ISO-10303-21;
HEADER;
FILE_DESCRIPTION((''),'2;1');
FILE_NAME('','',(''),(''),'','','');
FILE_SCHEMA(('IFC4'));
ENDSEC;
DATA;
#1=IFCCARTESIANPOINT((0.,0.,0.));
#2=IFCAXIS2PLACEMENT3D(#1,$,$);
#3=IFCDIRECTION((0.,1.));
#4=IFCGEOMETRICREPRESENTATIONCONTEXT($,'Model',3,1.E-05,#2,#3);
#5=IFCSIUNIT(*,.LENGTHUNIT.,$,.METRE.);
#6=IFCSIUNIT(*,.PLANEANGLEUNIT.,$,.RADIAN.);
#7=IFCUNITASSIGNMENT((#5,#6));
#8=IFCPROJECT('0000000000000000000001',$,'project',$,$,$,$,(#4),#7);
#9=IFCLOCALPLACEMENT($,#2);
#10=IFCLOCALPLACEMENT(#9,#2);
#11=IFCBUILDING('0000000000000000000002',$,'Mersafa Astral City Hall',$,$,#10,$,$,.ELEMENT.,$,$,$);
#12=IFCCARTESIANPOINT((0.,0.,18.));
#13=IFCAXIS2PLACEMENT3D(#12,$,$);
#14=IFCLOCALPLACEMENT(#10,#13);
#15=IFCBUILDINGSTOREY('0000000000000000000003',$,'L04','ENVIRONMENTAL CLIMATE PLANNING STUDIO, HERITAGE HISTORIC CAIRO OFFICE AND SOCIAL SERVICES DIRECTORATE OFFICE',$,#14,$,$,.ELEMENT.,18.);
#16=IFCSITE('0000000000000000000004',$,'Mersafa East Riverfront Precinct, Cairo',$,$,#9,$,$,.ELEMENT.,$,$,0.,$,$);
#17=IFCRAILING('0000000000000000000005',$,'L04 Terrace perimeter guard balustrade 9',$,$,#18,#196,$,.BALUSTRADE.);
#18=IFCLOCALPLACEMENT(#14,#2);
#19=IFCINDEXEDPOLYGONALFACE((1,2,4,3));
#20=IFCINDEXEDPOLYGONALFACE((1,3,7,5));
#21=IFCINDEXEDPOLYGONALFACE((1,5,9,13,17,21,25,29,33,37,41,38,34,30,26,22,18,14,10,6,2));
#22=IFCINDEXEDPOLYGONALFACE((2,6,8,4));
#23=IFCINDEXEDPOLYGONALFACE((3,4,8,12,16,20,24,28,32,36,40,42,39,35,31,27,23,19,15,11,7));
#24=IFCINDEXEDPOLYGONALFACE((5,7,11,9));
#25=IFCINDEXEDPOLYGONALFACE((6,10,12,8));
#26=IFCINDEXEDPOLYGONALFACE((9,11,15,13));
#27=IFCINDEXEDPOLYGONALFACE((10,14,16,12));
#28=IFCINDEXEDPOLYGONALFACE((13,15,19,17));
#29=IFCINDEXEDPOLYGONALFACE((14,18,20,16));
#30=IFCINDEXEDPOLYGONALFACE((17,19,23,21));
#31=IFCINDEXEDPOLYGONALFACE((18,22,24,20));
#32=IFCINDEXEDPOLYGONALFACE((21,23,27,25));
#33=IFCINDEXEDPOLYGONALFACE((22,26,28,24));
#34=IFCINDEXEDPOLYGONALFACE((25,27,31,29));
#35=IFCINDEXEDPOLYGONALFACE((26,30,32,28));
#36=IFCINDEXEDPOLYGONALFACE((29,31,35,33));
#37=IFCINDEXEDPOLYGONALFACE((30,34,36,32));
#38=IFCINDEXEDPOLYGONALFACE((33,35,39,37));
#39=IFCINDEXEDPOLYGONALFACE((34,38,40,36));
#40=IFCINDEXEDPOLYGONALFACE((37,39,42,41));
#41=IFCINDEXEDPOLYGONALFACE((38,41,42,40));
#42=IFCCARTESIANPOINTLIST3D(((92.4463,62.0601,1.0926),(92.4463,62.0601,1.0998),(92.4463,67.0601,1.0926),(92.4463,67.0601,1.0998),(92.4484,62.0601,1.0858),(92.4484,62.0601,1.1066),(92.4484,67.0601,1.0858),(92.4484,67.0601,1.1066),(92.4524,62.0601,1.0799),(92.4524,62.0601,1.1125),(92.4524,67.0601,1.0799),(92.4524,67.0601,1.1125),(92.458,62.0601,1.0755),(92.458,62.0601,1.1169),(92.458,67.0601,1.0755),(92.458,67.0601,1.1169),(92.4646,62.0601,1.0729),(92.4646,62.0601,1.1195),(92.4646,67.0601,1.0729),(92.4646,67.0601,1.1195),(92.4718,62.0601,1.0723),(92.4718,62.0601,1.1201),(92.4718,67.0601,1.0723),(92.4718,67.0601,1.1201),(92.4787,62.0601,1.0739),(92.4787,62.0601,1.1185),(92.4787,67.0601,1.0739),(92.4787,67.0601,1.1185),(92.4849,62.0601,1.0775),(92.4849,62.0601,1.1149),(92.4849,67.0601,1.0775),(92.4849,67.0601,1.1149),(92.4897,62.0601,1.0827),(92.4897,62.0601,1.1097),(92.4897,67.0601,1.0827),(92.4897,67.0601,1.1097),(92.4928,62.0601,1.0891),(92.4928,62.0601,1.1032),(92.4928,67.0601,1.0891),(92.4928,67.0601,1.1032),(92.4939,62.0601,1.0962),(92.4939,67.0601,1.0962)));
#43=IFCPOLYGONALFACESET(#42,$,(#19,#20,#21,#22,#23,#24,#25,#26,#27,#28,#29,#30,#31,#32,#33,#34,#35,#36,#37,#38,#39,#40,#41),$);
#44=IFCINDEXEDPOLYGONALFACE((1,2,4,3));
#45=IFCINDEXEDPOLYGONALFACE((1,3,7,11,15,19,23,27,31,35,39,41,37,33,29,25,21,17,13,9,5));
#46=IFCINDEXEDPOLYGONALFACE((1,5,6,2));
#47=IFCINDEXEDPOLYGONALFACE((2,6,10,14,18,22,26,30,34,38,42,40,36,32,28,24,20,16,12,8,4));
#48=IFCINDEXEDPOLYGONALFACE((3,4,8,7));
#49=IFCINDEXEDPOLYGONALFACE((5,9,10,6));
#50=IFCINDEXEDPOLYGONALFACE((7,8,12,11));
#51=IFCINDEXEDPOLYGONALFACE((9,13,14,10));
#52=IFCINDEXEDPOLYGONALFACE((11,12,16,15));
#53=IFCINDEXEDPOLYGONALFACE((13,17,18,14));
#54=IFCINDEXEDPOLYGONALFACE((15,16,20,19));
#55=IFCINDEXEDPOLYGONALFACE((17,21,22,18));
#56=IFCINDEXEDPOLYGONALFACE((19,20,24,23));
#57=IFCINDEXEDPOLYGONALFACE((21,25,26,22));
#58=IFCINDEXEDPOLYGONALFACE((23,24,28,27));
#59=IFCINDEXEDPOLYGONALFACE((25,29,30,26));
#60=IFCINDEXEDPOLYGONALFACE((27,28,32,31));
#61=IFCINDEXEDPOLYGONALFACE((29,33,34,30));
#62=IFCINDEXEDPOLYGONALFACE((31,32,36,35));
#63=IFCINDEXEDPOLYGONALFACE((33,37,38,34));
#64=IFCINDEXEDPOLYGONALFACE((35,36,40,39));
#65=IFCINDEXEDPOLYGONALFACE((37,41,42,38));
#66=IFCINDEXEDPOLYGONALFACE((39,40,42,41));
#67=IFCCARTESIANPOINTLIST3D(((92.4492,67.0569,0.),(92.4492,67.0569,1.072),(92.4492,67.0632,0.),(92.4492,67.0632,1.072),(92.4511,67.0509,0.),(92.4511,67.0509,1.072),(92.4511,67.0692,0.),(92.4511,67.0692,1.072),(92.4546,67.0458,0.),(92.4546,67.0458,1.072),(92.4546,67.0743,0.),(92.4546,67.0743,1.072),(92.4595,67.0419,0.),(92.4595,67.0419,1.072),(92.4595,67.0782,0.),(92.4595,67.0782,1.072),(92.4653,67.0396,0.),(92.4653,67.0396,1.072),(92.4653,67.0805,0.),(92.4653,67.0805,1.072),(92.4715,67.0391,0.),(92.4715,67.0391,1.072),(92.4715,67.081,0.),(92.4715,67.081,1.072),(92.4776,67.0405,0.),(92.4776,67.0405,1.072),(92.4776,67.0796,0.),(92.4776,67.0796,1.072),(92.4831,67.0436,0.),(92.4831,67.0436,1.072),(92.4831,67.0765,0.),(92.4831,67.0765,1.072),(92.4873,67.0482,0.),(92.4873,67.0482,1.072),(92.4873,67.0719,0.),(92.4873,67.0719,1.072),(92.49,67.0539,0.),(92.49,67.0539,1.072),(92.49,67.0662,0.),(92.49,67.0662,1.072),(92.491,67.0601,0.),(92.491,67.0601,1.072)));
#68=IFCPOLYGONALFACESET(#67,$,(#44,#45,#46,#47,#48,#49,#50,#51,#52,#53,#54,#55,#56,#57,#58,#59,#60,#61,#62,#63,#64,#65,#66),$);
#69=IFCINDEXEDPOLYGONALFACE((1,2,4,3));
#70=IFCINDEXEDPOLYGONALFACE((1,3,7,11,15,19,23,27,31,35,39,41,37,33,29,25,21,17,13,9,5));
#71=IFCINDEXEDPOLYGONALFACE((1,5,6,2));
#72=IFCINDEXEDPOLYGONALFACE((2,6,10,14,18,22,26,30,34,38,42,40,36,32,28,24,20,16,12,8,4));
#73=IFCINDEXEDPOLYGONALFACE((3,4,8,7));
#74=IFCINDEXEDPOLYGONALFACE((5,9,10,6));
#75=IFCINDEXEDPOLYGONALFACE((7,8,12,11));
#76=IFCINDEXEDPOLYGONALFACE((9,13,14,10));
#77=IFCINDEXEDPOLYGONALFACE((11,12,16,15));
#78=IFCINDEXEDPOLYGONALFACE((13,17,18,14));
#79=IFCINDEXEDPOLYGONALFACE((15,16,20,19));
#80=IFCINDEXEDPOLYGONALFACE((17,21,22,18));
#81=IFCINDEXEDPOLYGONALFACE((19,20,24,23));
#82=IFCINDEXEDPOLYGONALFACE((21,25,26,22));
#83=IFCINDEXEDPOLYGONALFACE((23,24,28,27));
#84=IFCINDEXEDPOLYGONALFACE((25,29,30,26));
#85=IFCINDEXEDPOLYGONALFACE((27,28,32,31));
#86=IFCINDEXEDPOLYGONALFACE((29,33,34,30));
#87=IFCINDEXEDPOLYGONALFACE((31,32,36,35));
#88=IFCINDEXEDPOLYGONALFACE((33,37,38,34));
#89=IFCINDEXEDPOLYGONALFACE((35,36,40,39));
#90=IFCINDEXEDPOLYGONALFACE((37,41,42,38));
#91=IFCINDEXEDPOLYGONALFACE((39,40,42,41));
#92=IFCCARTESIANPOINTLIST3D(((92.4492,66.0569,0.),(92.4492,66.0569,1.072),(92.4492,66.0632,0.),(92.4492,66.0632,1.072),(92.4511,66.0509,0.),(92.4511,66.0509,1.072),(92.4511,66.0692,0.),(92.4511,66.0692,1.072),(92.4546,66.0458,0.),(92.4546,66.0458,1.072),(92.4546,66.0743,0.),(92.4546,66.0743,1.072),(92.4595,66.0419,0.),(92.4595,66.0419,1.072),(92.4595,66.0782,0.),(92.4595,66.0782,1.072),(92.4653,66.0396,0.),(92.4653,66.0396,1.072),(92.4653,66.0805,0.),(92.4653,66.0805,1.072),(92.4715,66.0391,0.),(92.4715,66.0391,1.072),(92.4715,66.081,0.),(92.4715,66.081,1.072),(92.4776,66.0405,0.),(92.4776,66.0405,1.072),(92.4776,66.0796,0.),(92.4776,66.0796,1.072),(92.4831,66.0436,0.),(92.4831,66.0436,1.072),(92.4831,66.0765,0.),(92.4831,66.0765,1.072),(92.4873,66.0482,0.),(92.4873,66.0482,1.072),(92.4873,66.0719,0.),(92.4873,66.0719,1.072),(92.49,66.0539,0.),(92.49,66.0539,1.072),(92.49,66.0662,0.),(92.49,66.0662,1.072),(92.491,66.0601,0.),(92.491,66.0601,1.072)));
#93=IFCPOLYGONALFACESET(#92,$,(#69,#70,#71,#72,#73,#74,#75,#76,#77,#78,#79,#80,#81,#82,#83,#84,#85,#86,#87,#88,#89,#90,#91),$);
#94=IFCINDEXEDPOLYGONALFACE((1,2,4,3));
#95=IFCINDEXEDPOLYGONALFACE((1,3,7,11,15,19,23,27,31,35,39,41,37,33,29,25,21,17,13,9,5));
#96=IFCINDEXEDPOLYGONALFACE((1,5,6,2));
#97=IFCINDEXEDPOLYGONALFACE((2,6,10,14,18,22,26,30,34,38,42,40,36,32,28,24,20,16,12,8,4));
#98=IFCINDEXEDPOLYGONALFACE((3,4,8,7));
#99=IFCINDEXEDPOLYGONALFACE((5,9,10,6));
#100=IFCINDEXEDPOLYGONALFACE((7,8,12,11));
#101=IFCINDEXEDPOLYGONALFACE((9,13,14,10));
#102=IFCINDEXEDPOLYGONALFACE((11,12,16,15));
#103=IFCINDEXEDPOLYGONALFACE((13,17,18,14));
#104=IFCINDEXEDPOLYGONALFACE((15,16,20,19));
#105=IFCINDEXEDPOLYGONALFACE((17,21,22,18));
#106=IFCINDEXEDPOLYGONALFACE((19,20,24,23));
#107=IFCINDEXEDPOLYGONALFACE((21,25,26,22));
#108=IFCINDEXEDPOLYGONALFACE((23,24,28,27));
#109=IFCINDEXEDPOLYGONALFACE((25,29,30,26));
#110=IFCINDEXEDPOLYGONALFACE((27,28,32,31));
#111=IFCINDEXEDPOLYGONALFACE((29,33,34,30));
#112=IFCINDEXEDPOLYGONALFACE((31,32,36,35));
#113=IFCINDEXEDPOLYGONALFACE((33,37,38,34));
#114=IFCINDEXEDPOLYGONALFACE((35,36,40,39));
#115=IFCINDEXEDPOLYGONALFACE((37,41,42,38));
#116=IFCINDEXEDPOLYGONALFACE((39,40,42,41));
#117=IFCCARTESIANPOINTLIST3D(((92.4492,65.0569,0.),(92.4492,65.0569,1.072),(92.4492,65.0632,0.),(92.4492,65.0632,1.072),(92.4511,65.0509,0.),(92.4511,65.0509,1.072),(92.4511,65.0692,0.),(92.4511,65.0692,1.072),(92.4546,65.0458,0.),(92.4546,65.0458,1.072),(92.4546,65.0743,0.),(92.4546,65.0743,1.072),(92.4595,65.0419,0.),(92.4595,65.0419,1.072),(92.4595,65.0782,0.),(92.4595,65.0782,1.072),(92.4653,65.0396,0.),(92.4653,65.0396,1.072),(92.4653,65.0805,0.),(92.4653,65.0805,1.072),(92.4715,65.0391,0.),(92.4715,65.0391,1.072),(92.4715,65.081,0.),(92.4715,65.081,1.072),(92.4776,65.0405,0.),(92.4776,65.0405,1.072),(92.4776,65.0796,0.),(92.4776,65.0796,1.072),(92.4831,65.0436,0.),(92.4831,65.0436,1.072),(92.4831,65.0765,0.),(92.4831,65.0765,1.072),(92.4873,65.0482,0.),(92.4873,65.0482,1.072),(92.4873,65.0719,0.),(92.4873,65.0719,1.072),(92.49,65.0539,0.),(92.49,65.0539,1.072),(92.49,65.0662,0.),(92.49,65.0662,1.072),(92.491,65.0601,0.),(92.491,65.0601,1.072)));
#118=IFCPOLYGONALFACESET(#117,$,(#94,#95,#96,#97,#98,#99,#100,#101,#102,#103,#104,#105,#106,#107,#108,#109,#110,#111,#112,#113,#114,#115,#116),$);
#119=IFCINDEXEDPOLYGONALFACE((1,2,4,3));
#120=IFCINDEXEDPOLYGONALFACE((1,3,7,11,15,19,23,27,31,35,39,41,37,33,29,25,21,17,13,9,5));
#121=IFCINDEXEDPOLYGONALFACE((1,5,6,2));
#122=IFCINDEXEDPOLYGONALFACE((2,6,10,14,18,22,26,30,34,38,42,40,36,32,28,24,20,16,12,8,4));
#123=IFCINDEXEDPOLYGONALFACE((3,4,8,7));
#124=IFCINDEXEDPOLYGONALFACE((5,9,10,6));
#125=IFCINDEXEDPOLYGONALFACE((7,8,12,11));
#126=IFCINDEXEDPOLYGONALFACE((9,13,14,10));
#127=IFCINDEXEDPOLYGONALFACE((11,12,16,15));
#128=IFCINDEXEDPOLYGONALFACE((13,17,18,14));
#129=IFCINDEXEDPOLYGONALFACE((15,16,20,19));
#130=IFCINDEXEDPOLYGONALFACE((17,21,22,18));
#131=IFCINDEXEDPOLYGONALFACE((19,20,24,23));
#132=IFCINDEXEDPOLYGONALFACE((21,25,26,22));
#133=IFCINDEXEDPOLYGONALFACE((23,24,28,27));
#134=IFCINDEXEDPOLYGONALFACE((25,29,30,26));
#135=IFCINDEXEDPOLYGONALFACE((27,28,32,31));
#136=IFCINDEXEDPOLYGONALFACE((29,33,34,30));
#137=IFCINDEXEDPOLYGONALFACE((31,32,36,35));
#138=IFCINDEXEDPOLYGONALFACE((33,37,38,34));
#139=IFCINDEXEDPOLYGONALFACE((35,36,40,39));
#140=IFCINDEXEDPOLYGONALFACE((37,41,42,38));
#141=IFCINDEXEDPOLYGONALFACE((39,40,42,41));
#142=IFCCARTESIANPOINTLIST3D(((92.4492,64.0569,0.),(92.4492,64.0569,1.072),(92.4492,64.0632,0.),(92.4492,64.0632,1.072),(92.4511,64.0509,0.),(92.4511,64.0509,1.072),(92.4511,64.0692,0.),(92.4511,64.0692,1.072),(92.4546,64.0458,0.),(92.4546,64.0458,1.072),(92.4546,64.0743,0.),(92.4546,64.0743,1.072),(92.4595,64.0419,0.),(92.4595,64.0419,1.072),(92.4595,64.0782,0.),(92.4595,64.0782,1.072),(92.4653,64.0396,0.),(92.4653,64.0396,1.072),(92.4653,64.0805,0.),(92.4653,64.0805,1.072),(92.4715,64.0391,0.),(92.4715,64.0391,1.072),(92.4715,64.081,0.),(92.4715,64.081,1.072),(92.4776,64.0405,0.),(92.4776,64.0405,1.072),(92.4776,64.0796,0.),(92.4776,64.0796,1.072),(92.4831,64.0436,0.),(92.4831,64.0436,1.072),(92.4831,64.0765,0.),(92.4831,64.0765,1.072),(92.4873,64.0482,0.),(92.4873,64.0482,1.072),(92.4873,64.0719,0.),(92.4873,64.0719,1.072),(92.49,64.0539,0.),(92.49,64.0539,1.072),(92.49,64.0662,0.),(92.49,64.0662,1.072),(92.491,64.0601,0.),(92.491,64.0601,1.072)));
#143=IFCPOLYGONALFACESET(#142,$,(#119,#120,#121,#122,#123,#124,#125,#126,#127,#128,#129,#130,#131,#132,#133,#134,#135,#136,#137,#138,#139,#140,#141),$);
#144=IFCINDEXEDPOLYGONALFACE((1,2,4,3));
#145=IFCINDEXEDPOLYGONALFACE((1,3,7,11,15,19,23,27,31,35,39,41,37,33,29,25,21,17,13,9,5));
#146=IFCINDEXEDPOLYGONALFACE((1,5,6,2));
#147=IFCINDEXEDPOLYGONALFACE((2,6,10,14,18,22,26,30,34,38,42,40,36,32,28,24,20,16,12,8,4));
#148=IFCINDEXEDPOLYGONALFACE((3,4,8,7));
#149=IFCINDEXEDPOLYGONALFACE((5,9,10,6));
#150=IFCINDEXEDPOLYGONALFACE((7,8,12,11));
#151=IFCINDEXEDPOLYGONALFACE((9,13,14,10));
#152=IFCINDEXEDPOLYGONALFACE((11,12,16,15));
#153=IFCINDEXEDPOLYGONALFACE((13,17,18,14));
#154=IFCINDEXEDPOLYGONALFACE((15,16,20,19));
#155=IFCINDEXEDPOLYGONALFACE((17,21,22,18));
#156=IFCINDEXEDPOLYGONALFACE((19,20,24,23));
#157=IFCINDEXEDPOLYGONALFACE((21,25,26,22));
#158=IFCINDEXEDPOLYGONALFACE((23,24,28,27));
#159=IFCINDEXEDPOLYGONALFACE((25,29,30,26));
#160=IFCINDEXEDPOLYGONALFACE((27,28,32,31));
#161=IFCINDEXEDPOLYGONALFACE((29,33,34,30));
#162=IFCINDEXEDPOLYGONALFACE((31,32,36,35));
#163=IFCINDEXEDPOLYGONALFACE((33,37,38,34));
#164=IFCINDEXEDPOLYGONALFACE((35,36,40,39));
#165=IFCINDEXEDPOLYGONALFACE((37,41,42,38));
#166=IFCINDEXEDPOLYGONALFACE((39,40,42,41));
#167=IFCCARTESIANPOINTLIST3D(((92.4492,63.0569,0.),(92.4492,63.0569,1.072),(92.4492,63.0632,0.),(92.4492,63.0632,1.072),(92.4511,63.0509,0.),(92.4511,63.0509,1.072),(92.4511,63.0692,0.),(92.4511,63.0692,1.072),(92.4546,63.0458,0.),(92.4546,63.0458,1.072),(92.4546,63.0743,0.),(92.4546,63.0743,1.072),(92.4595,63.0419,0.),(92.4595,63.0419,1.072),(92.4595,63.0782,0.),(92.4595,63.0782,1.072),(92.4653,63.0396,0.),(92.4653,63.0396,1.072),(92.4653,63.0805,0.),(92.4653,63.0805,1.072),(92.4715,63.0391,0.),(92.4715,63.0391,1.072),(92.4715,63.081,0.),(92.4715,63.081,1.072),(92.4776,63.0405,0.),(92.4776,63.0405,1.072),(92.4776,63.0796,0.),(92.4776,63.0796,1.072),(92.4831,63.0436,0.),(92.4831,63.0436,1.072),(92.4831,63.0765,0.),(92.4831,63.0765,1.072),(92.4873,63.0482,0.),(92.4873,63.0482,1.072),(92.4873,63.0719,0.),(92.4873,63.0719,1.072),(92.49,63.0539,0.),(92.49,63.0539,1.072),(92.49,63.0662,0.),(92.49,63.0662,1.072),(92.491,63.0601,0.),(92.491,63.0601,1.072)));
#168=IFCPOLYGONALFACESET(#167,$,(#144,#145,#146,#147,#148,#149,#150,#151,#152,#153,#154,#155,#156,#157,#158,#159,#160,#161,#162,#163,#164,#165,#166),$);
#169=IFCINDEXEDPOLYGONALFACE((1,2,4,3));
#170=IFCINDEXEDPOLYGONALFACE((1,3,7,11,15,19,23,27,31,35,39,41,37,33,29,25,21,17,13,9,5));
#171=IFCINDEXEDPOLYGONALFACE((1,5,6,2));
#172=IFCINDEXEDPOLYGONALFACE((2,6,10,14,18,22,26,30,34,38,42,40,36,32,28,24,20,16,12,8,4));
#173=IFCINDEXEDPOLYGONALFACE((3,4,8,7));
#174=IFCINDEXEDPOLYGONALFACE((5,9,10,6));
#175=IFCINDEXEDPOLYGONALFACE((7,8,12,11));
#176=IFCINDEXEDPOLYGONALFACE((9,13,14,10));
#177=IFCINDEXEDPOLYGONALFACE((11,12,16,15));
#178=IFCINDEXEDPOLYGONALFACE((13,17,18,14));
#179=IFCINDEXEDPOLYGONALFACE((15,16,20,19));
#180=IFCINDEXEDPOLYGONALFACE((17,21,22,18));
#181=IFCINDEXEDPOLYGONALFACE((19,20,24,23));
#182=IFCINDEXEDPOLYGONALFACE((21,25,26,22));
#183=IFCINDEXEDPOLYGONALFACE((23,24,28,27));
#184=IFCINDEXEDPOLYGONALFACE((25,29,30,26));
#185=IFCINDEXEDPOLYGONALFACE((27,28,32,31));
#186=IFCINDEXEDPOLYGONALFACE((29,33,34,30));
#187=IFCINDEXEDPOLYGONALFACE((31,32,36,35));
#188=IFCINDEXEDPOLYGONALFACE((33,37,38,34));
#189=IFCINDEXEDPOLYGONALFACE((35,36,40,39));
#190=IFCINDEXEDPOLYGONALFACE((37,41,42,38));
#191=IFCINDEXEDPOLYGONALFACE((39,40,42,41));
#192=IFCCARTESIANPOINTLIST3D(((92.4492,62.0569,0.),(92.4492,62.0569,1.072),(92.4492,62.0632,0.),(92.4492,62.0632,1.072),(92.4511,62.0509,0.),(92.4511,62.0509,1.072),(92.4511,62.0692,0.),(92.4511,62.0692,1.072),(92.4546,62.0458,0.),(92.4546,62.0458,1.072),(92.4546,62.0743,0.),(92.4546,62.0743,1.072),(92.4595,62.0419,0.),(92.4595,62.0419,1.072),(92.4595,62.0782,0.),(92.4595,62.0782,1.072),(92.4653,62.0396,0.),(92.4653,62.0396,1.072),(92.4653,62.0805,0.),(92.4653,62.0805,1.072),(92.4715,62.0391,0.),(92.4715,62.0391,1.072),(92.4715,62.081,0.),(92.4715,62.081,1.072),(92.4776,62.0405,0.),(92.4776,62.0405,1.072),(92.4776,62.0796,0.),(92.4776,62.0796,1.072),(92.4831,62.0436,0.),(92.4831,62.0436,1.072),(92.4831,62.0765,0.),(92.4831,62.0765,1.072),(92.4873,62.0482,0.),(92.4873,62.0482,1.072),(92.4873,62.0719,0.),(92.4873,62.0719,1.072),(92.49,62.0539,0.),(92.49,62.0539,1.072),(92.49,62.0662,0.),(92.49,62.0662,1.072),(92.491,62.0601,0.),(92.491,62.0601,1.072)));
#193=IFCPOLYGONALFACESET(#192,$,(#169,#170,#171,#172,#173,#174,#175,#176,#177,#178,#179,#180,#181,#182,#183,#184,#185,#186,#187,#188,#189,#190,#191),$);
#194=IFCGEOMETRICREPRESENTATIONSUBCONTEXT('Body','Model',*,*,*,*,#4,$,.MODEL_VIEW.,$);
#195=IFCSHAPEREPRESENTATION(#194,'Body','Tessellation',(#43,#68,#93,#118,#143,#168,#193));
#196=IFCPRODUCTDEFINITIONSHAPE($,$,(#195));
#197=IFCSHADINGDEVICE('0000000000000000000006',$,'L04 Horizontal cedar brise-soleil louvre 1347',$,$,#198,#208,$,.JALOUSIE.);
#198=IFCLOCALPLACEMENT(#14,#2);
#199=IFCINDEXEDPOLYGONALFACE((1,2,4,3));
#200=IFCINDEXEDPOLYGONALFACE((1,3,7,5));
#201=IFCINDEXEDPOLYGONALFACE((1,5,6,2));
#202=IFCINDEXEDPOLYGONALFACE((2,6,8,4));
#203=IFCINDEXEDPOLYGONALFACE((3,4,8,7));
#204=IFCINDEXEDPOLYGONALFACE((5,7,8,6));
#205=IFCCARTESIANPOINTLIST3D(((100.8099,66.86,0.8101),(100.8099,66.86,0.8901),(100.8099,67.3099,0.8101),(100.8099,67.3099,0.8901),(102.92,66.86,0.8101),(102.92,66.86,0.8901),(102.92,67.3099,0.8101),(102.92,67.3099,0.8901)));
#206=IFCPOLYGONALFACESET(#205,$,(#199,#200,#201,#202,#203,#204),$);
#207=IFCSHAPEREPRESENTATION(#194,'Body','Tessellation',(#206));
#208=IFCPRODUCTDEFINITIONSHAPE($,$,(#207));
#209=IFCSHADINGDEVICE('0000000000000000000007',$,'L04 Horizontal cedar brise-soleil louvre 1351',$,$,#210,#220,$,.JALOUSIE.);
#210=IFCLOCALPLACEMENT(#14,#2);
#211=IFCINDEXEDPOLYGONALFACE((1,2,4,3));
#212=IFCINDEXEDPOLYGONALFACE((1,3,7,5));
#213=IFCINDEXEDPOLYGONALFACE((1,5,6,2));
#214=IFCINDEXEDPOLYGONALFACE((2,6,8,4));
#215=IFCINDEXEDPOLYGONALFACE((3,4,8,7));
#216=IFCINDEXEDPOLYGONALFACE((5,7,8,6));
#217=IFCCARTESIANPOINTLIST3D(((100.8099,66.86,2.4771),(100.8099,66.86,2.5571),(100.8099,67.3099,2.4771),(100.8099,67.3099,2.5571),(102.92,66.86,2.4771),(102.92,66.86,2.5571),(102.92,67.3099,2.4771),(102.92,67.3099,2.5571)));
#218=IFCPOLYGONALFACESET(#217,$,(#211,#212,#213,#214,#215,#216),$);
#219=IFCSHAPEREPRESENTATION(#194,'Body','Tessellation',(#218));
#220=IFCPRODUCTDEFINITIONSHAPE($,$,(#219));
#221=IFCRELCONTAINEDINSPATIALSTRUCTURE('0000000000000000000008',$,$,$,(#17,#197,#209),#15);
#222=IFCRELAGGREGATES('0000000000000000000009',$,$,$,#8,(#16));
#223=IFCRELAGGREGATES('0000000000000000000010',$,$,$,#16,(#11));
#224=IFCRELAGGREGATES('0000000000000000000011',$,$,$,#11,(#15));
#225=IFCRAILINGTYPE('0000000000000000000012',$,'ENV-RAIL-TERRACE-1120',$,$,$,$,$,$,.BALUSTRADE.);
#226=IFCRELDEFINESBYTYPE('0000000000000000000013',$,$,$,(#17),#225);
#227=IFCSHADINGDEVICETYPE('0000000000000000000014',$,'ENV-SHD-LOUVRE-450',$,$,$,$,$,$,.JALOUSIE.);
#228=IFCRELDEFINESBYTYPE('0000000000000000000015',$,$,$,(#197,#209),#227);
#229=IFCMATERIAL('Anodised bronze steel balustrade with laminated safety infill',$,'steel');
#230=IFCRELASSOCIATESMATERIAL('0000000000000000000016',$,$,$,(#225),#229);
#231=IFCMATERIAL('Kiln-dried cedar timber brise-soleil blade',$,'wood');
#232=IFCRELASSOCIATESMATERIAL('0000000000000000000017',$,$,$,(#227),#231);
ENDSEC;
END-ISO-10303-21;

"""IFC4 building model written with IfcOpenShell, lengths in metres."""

from ifc_helpers import new_model, si_unit, direction, frame, origin, origin_2d, place, context, subcontext, project, spatial, rectangle, circle, extrude, material, type_object, element, save


model = new_model("IFC4")

# Units and contexts
model_context = context("Model", 3, precision=1e-05, world=origin(), true_north=direction((0.0, 1.0)))
body_context = subcontext(model_context, "Body", "Model", "MODEL_VIEW")
ifc_project = project(units=[si_unit("LENGTHUNIT", "METRE"), si_unit("PLANEANGLEUNIT", "RADIAN")], contexts=[model_context])

# Site, building, storey
site_placement = place(None, origin())
site = spatial("IfcSite", under=ifc_project, at=site_placement, Name="Mersafa East Riverfront Precinct, Cairo", CompositionType="ELEMENT", RefElevation=0.0)
building_placement = place(site_placement, origin())
building = spatial("IfcBuilding", under=site, at=building_placement, Name="Mersafa Astral City Hall", CompositionType="ELEMENT")
storey_placement = place(building_placement, frame((0.0, 0.0, 18.0)))
storey = spatial("IfcBuildingStorey", under=building, at=storey_placement, Name="L04", Description="ENVIRONMENTAL CLIMATE PLANNING STUDIO, HERITAGE HISTORIC CAIRO OFFICE AND SOCIAL SERVICES DIRECTORATE OFFICE", CompositionType="ELEMENT", Elevation=18.0)

# Railing
ifc_material_1 = material(Name="Anodised bronze steel balustrade with laminated safety infill", Category="steel")
railing_type = type_object("IfcRailingType", Name="ENV-RAIL-TERRACE-1120", PredefinedType="BALUSTRADE", material=ifc_material_1)
railing_1_placement = place(storey_placement, frame((92.47, 67.0601, 0.0)))
element("IfcRailing", 1, at=railing_1_placement, inside=storey, type_object=railing_type, Name="L04 Terrace perimeter guard balustrade 9", PredefinedType="BALUSTRADE", context=body_context, shape_type="SweptSolid", body=[
    extrude(circle(Radius=0.0239, at=origin_2d()), frame((0.0, 0.0, 1.0962), z_axis=(0.0, -1.0, 0.0), x_axis=(1.0, 0.0, 0.0)), (0.0, 0.0, 1.0), 5.0),
    extrude(circle(Radius=0.021, at=origin_2d()), origin(), (0.0, 0.0, 1.0), 1.072),
    extrude(circle(Radius=0.021, at=origin_2d()), frame((0.0, -1.0, 0.0)), (0.0, 0.0, 1.0), 1.072),
    extrude(circle(Radius=0.021, at=origin_2d()), frame((0.0, -2.0, 0.0)), (0.0, 0.0, 1.0), 1.072),
    extrude(circle(Radius=0.021, at=origin_2d()), frame((0.0, -3.0, 0.0)), (0.0, 0.0, 1.0), 1.072),
    extrude(circle(Radius=0.021, at=origin_2d()), frame((0.0, -4.0, 0.0)), (0.0, 0.0, 1.0), 1.072),
    extrude(circle(Radius=0.021, at=origin_2d()), frame((0.0, -5.0, 0.0)), (0.0, 0.0, 1.0), 1.072),
])

# Shading devices
ifc_material_2 = material(Name="Kiln-dried cedar timber brise-soleil blade", Category="wood")
shading_device_type = type_object("IfcShadingDeviceType", Name="ENV-SHD-LOUVRE-450", PredefinedType="JALOUSIE", material=ifc_material_2)
for number, where, z_axis, x_axis, name in (
    (2, (101.865, 67.085, 0.8101), (0.0, 0.0, 1.0), (1.0, 0.0, 0.0), "L04 Horizontal cedar brise-soleil louvre 1347"),
    (3, (101.865, 67.085, 2.4771), (0.0, 0.0, 1.0), (1.0, 0.0, 0.0), "L04 Horizontal cedar brise-soleil louvre 1351"),
):
    element("IfcShadingDevice", number, at=place(storey_placement, frame(where, z_axis=z_axis, x_axis=x_axis)), inside=storey, type_object=shading_device_type, Name=name, PredefinedType="JALOUSIE", context=body_context, shape_type="SweptSolid", body=[
        extrude(rectangle(XDim=2.1101, YDim=0.45, at=origin_2d()), origin(), (0.0, 0.0, 1.0), 0.0801),
    ])

save(model, "model.ifc")
